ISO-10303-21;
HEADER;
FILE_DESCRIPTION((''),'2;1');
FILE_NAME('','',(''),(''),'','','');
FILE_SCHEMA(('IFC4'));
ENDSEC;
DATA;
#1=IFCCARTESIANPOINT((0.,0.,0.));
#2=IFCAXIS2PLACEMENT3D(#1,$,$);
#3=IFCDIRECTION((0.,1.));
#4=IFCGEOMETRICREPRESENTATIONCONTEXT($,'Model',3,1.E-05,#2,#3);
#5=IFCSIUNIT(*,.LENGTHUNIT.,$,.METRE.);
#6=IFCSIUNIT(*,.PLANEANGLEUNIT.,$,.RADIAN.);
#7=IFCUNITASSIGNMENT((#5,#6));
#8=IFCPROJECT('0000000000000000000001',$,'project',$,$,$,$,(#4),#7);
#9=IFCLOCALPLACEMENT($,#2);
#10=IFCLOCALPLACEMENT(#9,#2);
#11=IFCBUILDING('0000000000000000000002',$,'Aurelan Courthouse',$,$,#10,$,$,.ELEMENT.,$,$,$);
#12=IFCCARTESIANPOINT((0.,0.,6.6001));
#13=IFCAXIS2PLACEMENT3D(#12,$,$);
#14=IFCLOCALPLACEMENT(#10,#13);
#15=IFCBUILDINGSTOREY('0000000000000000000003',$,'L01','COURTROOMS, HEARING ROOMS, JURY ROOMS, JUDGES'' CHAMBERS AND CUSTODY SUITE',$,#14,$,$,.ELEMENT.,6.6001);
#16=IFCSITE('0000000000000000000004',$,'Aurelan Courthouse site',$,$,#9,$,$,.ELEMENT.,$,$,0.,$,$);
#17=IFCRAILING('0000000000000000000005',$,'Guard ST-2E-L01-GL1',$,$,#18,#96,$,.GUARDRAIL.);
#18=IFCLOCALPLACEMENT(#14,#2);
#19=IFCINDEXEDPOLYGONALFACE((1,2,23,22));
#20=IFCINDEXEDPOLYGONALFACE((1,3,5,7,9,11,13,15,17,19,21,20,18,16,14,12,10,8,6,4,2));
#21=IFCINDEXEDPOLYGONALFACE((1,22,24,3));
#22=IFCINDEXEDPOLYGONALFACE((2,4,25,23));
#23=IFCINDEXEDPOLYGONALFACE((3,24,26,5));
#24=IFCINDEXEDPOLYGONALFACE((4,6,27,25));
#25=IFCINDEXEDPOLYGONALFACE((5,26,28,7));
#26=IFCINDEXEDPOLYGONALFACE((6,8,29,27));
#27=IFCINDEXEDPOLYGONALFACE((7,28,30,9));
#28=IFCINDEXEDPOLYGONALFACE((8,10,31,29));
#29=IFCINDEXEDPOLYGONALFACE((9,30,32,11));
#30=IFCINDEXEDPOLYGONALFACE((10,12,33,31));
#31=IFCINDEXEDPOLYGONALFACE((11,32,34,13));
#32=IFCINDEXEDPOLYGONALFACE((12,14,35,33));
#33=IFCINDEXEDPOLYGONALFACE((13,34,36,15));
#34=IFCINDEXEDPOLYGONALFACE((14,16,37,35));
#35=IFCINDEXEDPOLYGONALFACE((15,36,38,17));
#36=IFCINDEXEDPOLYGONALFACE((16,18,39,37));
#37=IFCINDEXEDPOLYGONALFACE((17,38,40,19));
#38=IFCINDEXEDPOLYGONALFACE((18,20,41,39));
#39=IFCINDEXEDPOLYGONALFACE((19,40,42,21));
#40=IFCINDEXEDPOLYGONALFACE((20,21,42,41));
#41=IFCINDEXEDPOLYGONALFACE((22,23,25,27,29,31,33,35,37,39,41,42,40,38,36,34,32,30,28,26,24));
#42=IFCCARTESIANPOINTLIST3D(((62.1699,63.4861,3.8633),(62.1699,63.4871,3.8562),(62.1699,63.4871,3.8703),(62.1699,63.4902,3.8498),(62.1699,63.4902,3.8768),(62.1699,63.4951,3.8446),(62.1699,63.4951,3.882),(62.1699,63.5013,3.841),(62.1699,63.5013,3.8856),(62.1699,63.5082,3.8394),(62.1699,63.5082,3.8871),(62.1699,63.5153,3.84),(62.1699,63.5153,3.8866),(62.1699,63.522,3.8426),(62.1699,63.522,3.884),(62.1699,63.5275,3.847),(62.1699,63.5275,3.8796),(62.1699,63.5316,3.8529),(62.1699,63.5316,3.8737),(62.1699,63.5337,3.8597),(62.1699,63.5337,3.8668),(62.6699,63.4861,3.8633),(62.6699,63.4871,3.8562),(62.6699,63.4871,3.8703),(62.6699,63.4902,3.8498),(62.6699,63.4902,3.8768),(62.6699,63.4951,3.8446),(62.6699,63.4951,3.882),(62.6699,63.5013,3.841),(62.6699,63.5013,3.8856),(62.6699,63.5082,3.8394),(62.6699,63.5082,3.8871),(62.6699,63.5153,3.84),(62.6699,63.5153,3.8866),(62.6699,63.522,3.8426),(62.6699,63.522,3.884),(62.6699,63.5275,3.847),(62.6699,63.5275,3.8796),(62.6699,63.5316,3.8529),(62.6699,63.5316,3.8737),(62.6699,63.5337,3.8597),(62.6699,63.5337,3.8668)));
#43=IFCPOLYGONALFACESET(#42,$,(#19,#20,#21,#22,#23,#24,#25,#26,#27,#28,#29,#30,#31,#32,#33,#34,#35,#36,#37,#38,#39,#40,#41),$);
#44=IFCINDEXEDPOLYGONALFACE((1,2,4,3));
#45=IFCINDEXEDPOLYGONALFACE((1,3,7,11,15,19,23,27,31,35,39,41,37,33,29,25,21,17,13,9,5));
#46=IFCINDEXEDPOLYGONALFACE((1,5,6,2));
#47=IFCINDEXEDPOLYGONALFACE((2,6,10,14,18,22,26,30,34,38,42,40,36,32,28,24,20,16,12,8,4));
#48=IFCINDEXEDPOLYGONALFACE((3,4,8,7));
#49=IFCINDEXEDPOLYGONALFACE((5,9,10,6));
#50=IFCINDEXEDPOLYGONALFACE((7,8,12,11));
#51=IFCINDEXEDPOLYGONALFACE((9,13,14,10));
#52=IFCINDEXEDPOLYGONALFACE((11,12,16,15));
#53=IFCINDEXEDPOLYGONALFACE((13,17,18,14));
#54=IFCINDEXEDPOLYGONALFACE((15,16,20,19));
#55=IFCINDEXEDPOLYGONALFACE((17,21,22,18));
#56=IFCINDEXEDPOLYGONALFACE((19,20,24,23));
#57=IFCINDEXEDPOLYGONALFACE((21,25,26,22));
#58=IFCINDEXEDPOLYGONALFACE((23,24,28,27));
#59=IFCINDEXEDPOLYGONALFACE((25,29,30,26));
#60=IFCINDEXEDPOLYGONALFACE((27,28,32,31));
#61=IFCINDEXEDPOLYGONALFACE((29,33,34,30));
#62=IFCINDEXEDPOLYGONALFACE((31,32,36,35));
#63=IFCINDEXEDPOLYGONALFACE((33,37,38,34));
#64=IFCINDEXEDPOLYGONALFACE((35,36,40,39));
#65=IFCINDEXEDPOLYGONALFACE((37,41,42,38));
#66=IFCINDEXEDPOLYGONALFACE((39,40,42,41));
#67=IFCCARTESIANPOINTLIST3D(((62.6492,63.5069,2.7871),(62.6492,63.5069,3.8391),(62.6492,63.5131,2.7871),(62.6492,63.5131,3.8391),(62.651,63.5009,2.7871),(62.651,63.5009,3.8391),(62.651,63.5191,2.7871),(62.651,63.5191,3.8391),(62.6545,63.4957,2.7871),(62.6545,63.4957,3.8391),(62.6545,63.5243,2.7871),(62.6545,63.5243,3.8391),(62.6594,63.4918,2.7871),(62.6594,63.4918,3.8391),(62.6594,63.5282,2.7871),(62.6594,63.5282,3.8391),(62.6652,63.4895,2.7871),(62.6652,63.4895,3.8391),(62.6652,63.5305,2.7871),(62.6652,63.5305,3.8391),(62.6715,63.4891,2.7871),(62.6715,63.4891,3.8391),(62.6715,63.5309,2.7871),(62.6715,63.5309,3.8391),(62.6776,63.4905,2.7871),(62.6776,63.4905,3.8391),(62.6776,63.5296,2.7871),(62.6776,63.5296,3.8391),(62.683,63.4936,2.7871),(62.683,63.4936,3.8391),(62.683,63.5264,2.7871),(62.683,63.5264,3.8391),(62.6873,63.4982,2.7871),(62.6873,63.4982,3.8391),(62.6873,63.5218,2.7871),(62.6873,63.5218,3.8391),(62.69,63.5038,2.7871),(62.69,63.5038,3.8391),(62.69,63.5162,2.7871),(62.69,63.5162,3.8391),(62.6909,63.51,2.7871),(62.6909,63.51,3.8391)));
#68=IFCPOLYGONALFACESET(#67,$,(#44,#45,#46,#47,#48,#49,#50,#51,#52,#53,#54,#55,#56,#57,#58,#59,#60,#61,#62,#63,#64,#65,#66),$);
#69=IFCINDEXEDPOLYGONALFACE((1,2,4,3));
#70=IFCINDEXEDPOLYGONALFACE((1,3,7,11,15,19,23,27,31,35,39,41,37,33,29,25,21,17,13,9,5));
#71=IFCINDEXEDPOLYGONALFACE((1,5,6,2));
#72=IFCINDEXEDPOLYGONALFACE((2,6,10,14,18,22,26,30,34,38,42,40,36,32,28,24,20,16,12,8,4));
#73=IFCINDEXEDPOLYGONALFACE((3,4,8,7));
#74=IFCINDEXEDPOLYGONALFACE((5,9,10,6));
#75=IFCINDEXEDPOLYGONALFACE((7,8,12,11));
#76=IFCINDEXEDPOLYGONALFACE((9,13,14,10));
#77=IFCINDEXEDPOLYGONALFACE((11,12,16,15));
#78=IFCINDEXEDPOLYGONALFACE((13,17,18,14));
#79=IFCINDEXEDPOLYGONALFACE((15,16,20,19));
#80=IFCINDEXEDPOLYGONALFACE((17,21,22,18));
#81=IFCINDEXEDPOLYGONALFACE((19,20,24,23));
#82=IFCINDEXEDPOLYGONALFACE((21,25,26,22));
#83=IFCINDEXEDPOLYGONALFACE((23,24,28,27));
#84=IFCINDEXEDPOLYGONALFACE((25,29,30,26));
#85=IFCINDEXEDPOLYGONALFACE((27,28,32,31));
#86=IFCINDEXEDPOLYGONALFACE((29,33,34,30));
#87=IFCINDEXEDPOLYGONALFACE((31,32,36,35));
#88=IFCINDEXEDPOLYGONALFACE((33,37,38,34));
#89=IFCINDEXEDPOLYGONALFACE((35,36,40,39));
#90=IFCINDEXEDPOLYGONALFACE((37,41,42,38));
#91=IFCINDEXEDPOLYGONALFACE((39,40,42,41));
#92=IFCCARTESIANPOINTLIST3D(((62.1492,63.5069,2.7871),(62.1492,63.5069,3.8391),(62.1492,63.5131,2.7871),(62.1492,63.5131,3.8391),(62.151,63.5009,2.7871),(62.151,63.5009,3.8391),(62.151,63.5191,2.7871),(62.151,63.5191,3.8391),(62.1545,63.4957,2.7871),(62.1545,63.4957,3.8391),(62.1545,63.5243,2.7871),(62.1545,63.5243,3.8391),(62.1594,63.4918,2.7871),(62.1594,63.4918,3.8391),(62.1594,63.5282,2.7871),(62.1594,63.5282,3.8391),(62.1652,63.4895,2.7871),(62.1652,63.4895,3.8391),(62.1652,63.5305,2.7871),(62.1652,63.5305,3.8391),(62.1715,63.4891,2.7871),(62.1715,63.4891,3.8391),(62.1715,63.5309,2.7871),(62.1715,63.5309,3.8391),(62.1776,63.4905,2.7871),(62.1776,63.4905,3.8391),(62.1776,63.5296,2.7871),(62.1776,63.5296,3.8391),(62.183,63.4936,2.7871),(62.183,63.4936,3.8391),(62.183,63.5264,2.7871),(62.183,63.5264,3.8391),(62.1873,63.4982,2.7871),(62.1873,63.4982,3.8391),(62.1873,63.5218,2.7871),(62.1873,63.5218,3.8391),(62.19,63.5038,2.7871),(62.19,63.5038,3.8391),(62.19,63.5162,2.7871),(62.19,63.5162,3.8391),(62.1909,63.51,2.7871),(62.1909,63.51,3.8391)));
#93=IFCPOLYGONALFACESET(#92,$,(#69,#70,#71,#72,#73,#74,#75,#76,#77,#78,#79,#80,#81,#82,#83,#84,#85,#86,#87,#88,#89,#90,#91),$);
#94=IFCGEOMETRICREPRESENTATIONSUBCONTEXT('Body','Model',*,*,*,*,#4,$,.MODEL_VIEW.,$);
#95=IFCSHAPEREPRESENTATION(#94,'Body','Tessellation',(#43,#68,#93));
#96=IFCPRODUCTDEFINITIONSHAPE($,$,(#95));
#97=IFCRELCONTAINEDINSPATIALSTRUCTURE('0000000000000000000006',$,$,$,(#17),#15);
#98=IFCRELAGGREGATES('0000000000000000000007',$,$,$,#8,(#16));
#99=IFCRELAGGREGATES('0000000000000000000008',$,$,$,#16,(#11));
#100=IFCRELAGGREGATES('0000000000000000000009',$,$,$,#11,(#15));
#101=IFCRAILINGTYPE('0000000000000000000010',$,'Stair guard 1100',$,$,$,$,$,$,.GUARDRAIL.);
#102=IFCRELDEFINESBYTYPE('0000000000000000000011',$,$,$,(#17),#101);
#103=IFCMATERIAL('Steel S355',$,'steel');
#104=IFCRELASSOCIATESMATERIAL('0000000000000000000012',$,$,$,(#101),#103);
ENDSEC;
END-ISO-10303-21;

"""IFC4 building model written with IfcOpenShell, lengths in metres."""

from ifc_helpers import new_model, si_unit, direction, frame, origin, origin_2d, place, context, subcontext, project, spatial, circle, extrude, material, type_object, element, save


model = new_model("IFC4")

# Units and contexts
model_context = context("Model", 3, precision=1e-05, world=origin(), true_north=direction((0.0, 1.0)))
body_context = subcontext(model_context, "Body", "Model", "MODEL_VIEW")
ifc_project = project(units=[si_unit("LENGTHUNIT", "METRE"), si_unit("PLANEANGLEUNIT", "RADIAN")], contexts=[model_context])

# Site, building, storey
site_placement = place(None, origin())
site = spatial("IfcSite", under=ifc_project, at=site_placement, Name="Aurelan Courthouse site", CompositionType="ELEMENT", RefElevation=0.0)
building_placement = place(site_placement, origin())
building = spatial("IfcBuilding", under=site, at=building_placement, Name="Aurelan Courthouse", CompositionType="ELEMENT")
storey_placement = place(building_placement, frame((0.0, 0.0, 6.6001)))
storey = spatial("IfcBuildingStorey", under=building, at=storey_placement, Name="L01", Description="COURTROOMS, HEARING ROOMS, JURY ROOMS, JUDGES' CHAMBERS AND CUSTODY SUITE", CompositionType="ELEMENT", Elevation=6.6001)

# Railing
ifc_material_1 = material(Name="Steel S355", Category="steel")
railing_type_1 = type_object("IfcRailingType", Name="Stair guard 1100", PredefinedType="GUARDRAIL", material=ifc_material_1)
railing_placement = place(storey_placement, frame((62.6699, 63.51, 2.7871)))
element("IfcRailing", 1, at=railing_placement, inside=storey, type_object=railing_type_1, Name="Guard ST-2E-L01-GL1", PredefinedType="GUARDRAIL", context=body_context, shape_type="SweptSolid", body=[
    extrude(circle(Radius=0.0239, at=origin_2d()), frame((0.0, 0.0, 1.0762), z_axis=(-1.0, 0.0, 0.0), x_axis=(0.0, -1.0, 0.0)), (0.0, 0.0, 1.0), 0.5),
    extrude(circle(Radius=0.021, at=origin_2d()), origin(), (0.0, 0.0, 1.0), 1.052),
    extrude(circle(Radius=0.021, at=origin_2d()), frame((-0.5, 0.0, 0.0)), (0.0, 0.0, 1.0), 1.052),
])

save(model, "model.ifc")
